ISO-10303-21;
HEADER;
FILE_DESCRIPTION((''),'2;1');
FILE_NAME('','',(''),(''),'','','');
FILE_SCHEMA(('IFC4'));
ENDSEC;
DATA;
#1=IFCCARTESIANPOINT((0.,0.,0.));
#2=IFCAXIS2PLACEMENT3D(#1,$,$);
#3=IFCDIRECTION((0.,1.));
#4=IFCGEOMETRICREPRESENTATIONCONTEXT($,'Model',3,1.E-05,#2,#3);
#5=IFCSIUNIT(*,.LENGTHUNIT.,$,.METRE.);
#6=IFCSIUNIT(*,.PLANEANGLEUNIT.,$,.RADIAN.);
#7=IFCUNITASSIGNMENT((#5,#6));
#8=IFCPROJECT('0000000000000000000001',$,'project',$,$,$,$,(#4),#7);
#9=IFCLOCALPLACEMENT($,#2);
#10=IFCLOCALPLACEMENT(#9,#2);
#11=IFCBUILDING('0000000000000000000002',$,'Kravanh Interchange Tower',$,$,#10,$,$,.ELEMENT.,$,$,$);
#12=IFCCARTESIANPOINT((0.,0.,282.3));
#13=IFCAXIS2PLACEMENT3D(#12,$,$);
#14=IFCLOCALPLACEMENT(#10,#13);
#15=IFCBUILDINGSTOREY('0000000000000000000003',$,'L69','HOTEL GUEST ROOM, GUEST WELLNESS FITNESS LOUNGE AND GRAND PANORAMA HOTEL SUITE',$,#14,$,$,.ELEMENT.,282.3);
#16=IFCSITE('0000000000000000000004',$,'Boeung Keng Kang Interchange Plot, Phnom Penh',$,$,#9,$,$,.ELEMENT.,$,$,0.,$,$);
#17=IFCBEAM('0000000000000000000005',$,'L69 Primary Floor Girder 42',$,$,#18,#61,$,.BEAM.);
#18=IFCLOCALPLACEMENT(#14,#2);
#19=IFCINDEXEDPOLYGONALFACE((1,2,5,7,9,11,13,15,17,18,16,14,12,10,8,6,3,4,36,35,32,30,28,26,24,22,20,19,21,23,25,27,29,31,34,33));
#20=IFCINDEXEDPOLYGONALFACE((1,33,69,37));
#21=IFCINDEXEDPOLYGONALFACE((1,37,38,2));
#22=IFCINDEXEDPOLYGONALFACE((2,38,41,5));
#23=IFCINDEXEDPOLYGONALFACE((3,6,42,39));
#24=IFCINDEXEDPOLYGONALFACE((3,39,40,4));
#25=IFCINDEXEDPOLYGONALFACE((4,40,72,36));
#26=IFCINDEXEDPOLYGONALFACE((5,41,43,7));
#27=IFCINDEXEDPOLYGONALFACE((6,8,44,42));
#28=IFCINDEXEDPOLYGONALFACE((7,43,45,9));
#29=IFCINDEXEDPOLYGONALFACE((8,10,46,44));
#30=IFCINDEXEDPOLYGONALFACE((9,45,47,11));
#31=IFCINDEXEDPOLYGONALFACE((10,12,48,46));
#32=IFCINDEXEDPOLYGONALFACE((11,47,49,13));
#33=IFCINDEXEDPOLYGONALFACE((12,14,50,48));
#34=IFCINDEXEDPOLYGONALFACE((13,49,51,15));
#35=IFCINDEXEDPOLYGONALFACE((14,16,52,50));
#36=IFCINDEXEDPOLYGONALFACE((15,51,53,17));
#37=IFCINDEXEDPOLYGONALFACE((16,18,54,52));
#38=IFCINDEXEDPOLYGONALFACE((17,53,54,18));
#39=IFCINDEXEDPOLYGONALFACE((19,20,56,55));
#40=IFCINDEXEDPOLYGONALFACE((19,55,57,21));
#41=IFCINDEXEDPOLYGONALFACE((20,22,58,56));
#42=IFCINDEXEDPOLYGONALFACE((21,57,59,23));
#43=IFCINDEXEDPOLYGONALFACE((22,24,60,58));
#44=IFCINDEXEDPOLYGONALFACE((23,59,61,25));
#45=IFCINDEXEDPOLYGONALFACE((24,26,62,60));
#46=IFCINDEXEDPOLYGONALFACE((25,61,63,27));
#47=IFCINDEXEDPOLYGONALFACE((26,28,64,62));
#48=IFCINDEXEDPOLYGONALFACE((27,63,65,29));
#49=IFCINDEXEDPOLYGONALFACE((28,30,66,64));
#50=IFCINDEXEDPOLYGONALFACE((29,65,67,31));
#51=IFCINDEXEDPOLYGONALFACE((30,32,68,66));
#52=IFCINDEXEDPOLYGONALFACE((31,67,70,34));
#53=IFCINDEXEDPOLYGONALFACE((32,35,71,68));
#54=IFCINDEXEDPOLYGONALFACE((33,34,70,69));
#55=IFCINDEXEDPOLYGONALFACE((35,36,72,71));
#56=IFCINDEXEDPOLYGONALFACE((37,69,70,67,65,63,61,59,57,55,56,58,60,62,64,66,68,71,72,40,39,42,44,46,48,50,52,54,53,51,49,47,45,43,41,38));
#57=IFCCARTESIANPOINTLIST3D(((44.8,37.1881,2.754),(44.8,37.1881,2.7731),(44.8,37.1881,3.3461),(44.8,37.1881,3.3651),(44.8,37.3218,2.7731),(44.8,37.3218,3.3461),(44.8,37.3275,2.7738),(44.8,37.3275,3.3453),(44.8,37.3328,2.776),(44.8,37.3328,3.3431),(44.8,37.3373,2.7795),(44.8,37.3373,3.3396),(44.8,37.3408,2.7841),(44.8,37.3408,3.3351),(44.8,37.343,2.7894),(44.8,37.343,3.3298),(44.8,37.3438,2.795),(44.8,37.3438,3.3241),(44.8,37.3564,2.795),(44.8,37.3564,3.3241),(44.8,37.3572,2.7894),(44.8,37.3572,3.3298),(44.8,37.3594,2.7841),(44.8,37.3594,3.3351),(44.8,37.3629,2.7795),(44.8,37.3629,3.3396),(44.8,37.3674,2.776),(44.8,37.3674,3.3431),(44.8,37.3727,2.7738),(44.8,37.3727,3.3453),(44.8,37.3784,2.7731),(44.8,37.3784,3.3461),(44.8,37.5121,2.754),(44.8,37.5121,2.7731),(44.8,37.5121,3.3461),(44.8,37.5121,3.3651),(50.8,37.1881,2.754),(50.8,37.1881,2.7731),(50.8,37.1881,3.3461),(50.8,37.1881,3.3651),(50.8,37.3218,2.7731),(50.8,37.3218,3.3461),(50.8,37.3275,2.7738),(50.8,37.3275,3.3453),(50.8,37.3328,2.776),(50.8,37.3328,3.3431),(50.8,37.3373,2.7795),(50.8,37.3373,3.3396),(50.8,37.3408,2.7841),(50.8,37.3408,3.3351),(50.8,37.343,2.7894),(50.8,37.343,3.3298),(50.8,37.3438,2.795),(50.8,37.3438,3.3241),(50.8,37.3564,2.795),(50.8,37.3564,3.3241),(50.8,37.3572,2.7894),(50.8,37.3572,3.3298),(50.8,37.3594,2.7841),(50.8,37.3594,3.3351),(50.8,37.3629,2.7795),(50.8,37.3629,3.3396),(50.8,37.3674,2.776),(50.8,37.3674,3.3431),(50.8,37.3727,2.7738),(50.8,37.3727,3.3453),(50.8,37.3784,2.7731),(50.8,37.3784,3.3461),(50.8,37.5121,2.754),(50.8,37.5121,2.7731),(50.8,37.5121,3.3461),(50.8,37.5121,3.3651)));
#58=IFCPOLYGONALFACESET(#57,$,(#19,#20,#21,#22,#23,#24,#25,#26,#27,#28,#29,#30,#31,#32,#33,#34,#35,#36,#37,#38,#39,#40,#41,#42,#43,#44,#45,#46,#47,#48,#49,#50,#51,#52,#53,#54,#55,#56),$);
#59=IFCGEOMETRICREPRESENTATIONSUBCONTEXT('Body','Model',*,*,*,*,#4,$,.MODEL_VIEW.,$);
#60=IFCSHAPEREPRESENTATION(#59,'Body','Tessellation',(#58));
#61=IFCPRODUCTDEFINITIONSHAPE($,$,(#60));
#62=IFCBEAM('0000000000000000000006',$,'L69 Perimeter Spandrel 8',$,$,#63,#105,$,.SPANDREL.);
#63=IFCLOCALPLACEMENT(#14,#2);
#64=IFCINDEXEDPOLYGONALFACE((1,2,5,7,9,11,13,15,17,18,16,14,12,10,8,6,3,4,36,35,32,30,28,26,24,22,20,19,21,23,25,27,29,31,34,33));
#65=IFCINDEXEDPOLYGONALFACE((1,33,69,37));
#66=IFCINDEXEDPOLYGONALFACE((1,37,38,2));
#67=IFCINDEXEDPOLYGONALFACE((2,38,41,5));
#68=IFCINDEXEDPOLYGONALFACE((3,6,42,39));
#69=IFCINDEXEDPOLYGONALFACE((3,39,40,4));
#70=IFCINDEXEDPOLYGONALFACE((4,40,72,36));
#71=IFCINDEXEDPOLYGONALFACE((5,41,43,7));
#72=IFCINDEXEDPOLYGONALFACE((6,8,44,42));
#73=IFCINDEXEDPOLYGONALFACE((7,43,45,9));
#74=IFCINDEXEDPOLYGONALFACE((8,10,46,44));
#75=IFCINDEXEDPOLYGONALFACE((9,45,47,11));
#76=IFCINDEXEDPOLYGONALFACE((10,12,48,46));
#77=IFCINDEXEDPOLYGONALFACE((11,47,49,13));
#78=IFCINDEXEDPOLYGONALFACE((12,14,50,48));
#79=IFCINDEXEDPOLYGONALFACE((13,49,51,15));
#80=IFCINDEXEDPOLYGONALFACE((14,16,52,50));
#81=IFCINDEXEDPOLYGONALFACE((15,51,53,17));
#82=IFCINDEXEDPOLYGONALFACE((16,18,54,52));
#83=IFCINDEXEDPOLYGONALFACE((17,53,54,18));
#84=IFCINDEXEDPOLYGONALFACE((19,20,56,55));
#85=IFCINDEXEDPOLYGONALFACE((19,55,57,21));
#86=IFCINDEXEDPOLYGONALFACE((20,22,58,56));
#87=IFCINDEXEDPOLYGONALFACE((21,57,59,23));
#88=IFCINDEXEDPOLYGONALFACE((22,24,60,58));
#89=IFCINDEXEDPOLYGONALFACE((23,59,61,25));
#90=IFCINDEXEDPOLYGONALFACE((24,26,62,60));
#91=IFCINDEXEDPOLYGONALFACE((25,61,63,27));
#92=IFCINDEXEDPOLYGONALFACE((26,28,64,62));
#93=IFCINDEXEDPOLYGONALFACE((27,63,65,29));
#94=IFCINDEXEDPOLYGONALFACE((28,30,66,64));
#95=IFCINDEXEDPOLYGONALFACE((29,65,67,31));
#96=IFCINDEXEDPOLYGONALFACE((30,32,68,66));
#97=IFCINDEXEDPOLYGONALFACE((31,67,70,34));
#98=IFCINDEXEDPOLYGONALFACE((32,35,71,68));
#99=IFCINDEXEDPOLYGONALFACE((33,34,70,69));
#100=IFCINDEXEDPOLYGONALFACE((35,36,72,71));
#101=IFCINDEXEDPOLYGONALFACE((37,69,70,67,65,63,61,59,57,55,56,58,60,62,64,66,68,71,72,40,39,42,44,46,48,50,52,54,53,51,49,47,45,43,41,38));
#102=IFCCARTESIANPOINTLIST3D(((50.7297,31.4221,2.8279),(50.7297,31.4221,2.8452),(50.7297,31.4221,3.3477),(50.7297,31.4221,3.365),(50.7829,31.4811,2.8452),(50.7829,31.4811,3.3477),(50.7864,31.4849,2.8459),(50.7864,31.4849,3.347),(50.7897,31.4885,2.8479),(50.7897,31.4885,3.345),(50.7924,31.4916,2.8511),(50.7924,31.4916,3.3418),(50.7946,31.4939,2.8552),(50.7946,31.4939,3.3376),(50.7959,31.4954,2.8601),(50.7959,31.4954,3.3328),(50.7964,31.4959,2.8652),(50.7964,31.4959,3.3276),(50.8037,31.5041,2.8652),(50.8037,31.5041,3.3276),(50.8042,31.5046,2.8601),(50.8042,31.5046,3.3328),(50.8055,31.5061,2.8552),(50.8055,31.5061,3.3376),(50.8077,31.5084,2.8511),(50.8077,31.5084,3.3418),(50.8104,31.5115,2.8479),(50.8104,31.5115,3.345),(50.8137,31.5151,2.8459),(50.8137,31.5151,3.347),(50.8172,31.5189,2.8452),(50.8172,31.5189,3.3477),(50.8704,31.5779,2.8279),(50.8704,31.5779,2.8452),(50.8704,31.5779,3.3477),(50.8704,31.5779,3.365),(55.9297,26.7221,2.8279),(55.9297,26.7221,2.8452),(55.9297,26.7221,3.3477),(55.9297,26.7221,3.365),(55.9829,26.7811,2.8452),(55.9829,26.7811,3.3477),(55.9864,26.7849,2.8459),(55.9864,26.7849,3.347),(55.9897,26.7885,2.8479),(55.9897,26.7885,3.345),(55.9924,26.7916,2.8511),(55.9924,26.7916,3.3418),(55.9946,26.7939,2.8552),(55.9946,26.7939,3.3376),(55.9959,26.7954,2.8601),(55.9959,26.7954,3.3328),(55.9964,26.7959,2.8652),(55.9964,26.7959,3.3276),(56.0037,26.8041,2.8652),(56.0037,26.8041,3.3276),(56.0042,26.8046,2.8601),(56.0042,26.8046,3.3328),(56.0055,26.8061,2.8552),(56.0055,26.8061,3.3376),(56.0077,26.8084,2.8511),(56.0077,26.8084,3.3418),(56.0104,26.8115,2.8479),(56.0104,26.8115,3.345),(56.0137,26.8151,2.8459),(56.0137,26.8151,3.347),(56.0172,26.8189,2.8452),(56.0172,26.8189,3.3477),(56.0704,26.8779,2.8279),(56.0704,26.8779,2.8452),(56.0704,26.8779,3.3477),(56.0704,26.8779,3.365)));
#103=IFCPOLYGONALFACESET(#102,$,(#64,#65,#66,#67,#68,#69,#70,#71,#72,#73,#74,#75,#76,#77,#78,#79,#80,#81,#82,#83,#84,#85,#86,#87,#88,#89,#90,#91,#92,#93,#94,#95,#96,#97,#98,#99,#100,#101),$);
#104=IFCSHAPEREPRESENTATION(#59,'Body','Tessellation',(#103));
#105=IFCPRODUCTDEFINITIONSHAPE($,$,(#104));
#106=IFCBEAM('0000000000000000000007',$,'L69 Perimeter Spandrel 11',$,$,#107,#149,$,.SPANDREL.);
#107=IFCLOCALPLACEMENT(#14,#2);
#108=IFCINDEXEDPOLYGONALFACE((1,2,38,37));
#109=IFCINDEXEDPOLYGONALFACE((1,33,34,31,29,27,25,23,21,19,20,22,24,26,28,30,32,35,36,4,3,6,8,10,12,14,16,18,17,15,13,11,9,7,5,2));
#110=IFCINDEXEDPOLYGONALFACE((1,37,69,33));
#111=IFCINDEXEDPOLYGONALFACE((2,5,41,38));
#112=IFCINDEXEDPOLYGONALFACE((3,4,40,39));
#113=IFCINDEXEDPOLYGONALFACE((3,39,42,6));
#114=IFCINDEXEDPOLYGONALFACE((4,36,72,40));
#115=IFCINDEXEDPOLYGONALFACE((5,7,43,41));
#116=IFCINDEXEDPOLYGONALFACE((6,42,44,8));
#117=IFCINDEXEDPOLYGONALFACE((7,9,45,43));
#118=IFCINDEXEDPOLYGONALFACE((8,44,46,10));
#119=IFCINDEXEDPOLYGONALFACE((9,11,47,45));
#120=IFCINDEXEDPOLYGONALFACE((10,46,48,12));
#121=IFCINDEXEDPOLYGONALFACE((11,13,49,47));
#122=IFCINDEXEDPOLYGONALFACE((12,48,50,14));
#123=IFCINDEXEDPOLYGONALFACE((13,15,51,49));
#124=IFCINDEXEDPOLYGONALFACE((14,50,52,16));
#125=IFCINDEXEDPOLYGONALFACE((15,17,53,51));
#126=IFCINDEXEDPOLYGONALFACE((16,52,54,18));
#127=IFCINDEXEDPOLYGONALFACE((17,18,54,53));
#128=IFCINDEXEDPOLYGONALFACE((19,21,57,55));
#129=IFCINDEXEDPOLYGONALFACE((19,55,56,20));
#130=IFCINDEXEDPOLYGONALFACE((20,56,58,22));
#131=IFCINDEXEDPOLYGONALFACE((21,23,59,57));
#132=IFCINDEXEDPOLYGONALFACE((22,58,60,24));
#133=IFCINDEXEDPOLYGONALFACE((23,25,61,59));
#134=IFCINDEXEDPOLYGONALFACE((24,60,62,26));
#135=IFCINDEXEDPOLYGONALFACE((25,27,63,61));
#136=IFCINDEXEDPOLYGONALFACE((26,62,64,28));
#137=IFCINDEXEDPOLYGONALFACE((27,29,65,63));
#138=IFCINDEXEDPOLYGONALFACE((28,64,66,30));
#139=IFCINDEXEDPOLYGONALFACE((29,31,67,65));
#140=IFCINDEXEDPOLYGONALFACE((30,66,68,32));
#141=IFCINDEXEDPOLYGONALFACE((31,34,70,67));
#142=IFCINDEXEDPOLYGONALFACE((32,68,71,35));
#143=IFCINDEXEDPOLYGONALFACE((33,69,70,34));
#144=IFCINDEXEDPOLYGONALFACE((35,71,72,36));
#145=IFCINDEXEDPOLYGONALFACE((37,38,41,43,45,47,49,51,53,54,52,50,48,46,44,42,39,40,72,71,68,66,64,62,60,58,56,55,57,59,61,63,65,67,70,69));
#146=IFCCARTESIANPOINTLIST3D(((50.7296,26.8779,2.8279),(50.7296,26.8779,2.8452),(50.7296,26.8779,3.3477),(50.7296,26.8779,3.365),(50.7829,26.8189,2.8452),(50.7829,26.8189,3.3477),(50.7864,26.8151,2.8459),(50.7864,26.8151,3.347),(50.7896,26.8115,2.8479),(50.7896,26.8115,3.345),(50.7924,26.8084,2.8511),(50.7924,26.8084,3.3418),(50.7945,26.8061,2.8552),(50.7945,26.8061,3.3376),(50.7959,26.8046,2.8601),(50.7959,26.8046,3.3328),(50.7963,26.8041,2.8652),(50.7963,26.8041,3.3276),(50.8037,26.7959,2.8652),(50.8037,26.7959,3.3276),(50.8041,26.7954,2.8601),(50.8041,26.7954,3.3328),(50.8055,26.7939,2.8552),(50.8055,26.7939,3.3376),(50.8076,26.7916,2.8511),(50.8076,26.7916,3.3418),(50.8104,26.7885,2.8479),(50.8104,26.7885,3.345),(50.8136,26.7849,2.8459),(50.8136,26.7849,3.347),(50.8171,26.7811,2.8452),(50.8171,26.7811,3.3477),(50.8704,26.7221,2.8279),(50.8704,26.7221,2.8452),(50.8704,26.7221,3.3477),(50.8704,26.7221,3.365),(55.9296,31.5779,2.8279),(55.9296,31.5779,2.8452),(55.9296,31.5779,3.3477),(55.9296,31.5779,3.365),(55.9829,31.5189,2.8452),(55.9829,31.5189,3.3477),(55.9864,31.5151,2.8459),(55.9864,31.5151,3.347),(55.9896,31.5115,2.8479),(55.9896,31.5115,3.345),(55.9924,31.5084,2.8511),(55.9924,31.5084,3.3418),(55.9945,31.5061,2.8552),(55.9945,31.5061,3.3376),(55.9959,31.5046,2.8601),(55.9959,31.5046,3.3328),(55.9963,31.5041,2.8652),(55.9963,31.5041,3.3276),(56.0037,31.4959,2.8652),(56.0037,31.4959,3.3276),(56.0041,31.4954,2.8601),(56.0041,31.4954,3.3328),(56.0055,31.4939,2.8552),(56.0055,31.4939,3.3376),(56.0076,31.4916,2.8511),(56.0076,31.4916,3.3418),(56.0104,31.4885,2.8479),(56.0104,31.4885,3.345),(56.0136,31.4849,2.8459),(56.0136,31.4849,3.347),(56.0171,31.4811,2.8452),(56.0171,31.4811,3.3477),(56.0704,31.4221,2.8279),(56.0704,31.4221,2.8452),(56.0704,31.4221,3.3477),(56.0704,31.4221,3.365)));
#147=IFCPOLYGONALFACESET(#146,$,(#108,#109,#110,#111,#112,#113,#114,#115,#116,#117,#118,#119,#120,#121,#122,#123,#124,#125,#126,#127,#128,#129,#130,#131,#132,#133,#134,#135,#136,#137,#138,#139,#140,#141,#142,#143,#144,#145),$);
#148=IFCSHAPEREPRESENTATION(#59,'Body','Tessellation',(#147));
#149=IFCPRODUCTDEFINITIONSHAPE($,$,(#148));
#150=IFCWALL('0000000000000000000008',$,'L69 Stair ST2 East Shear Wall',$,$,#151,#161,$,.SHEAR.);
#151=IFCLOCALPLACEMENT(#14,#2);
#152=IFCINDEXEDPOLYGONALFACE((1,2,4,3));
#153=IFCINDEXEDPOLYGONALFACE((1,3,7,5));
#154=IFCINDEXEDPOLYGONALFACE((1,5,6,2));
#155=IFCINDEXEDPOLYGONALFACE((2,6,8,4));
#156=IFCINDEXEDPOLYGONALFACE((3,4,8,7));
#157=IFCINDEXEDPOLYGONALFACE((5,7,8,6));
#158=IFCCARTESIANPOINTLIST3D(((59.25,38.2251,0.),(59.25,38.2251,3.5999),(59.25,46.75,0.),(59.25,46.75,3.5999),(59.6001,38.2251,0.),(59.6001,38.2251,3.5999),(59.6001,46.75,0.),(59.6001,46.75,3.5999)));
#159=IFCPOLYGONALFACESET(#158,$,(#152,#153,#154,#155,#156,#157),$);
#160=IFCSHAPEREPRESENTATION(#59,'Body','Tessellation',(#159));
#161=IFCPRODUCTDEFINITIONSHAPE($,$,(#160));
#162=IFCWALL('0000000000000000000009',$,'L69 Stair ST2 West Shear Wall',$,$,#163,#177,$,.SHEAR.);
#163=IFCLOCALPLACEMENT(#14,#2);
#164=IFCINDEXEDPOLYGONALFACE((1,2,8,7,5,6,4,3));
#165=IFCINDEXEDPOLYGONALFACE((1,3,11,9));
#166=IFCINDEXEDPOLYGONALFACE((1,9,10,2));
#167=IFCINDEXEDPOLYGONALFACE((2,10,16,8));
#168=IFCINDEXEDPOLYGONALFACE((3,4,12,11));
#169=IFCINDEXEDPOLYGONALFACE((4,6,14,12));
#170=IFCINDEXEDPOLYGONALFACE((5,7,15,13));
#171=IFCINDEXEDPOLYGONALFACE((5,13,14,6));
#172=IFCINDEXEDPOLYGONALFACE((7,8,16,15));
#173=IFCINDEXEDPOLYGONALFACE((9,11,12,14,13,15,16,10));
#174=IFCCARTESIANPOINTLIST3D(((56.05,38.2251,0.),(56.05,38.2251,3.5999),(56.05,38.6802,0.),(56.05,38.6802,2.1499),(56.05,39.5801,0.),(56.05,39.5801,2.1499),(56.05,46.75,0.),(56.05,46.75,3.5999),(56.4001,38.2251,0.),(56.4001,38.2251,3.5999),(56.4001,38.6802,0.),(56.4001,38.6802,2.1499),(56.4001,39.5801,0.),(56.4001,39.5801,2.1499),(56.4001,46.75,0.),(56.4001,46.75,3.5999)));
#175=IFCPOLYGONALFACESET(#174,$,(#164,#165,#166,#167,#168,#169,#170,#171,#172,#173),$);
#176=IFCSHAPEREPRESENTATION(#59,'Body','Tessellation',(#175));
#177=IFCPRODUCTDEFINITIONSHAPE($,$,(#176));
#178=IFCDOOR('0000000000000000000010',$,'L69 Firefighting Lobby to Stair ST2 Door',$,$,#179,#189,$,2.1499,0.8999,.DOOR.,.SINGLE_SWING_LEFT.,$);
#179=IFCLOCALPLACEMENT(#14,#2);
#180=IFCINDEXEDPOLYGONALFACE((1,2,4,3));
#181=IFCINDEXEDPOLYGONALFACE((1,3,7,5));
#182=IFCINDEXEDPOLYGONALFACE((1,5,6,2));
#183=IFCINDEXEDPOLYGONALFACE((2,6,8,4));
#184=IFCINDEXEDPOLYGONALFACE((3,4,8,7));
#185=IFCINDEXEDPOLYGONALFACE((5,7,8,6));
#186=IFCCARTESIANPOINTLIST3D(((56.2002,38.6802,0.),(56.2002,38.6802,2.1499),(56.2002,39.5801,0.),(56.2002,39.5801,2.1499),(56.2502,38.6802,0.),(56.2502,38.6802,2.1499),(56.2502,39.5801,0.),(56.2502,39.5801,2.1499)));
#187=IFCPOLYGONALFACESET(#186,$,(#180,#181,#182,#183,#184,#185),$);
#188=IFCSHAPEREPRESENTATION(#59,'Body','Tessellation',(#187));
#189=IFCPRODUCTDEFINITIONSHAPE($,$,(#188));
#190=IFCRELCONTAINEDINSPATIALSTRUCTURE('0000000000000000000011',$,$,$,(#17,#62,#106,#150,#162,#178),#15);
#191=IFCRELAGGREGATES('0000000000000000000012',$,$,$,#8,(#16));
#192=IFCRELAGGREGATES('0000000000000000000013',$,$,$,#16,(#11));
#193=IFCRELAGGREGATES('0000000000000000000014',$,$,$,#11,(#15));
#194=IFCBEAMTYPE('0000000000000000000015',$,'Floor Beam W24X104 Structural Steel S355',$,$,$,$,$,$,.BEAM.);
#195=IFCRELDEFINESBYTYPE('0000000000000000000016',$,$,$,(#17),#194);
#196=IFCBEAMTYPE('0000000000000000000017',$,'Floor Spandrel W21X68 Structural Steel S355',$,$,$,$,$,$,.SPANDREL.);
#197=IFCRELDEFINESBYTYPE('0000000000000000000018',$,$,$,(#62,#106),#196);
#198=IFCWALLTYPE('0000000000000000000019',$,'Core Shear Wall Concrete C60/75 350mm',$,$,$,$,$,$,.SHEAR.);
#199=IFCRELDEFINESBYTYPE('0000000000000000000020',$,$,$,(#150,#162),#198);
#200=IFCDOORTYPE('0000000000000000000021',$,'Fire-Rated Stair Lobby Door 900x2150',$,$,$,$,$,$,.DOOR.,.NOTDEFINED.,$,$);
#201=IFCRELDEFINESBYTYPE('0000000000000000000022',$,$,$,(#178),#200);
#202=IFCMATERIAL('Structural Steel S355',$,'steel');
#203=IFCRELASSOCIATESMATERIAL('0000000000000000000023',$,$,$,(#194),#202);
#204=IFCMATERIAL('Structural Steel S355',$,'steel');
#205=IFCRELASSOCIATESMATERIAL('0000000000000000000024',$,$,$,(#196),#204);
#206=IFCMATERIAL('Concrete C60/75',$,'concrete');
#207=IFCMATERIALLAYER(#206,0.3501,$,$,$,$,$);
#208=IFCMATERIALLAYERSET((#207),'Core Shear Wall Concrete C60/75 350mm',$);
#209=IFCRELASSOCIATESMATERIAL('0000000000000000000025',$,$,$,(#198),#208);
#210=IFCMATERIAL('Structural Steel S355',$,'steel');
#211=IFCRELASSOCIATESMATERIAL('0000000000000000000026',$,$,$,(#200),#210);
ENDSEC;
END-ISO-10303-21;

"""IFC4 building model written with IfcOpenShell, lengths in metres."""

from ifc_helpers import new_model, si_unit, direction, frame, frame_2d, origin, origin_2d, place, context, subcontext, project, spatial, rectangle, i_section, extrude, material, layer, layer_set, material_profile, profile_set, type_object, element, fill, save


model = new_model("IFC4")

# Units and contexts
model_context = context("Model", 3, precision=1e-05, world=origin(), true_north=direction((0.0, 1.0)))
body_context = subcontext(model_context, "Body", "Model", "MODEL_VIEW")
ifc_project = project(units=[si_unit("LENGTHUNIT", "METRE"), si_unit("PLANEANGLEUNIT", "RADIAN")], contexts=[model_context])

# Site, building, storey
site_placement = place(None, origin())
site = spatial("IfcSite", under=ifc_project, at=site_placement, Name="Boeung Keng Kang Interchange Plot, Phnom Penh", CompositionType="ELEMENT", RefElevation=0.0)
building_placement = place(site_placement, origin())
building = spatial("IfcBuilding", under=site, at=building_placement, Name="Kravanh Interchange Tower", CompositionType="ELEMENT")
storey_placement = place(building_placement, frame((0.0, 0.0, 282.3)))
storey = spatial("IfcBuildingStorey", under=building, at=storey_placement, Name="L69", Description="HOTEL GUEST ROOM, GUEST WELLNESS FITNESS LOUNGE AND GRAND PANORAMA HOTEL SUITE", CompositionType="ELEMENT", Elevation=282.3)

# Beams
ifc_material_1 = material(Name="Structural Steel S355", Category="steel")
ifc_material_profile_1 = material_profile(ifc_material_1, i_section(OverallWidth=0.324, OverallDepth=0.6111, WebThickness=0.0127, FlangeThickness=0.019, FilletRadius=0.022, at=origin_2d()), Name="W24X104")
ifc_profile_set_1 = profile_set([ifc_material_profile_1], Name="Structural Steel S355")
beam_type_1 = type_object("IfcBeamType", Name="Floor Beam W24X104 Structural Steel S355", PredefinedType="BEAM", material=ifc_profile_set_1)
beam_1_placement = place(storey_placement, frame((50.8, 37.3501, 3.0596), z_axis=(-1.0, 0.0, 0.0), x_axis=(0.0, -1.0, 0.0)))
element("IfcBeam", 1, at=beam_1_placement, inside=storey, type_object=beam_type_1, Name="L69 Primary Floor Girder 42", PredefinedType="BEAM", context=body_context, shape_type="SweptSolid", body=[
    extrude(i_section(OverallWidth=0.324, OverallDepth=0.6111, WebThickness=0.0127, FlangeThickness=0.019, FilletRadius=0.022, at=origin_2d()), origin(), (0.0, 0.0, 1.0), 6.0),
])
ifc_material_2 = material(Name="Structural Steel S355", Category="steel")
ifc_material_profile_2 = material_profile(ifc_material_2, i_section(OverallWidth=0.21, OverallDepth=0.5371, WebThickness=0.011, FlangeThickness=0.0173, FilletRadius=0.02, at=origin_2d()), Name="W21X68")
ifc_profile_set_2 = profile_set([ifc_material_profile_2], Name="Structural Steel S355")
beam_type_2 = type_object("IfcBeamType", Name="Floor Spandrel W21X68 Structural Steel S355", PredefinedType="SPANDREL", material=ifc_profile_set_2)
for number, where, z_axis, x_axis, name in (
    (2, (50.8, 31.5, 3.0964), (0.741874, -0.670539, 0.0), (0.670539, 0.741874, 0.0), "L69 Perimeter Spandrel 8"),
    (3, (56.0, 31.5, 3.0964), (-0.741874, -0.670539, 0.0), (0.670539, -0.741874, 0.0), "L69 Perimeter Spandrel 11"),
):
    element("IfcBeam", number, at=place(storey_placement, frame(where, z_axis=z_axis, x_axis=x_axis)), inside=storey, type_object=beam_type_2, Name=name, PredefinedType="SPANDREL", context=body_context, shape_type="SweptSolid", body=[
        extrude(i_section(OverallWidth=0.21, OverallDepth=0.5371, WebThickness=0.011, FlangeThickness=0.0173, FilletRadius=0.02, at=origin_2d()), origin(), (0.0, 0.0, 1.0), 7.0093),
    ])

# Wall
ifc_material_3 = material(Name="Concrete C60/75", Category="concrete")
ifc_layer_1 = layer(ifc_material_3, 0.3501)
ifc_layer_set_1 = layer_set([ifc_layer_1], Name="Core Shear Wall Concrete C60/75 350mm")
wall_type_1 = type_object("IfcWallType", Name="Core Shear Wall Concrete C60/75 350mm", PredefinedType="SHEAR", material=ifc_layer_set_1)
wall_1_placement = place(storey_placement, frame((59.425, 38.2251, 0.0), z_axis=(0.0, 0.0, 1.0), x_axis=(0.0, 1.0, 0.0)))
element("IfcWall", 4, at=wall_1_placement, inside=storey, type_object=wall_type_1, Name="L69 Stair ST2 East Shear Wall", PredefinedType="SHEAR", context=body_context, shape_type="SweptSolid", body=[
    extrude(rectangle(XDim=8.5249, YDim=0.3501, at=frame_2d((4.2625, 0.0))), origin(), (0.0, 0.0, 1.0), 3.5999),
])

# Wall, opening, door
wall_2_placement = place(storey_placement, frame((56.2251, 38.2251, 0.0), z_axis=(0.0, 0.0, 1.0), x_axis=(0.0, 1.0, 0.0)))
wall_2 = element("IfcWall", 5, at=wall_2_placement, inside=storey, type_object=wall_type_1, Name="L69 Stair ST2 West Shear Wall", PredefinedType="SHEAR", context=body_context, shape_type="SweptSolid", body=[
    extrude(rectangle(XDim=8.5249, YDim=0.3501, at=frame_2d((4.2625, 0.0))), origin(), (0.0, 0.0, 1.0), 3.5999),
])
opening_1_placement = place(wall_2_placement, frame((0.4551, 0.0, 0.0)))
opening_1 = element("IfcOpeningElement", 6, at=opening_1_placement, cuts=wall_2, PredefinedType="OPENING", context=body_context, shape_type="SweptSolid", body=[
    extrude(rectangle(XDim=0.8999, YDim=2.1499, at=frame_2d((0.45, 1.075))), frame((0.0, 0.1851, 0.0), z_axis=(0.0, -1.0, 0.0), x_axis=(1.0, 0.0, 0.0)), (0.0, 0.0, 1.0), 0.3701),
])
ifc_material_4 = material(Name="Structural Steel S355", Category="steel")
door_type_1 = type_object("IfcDoorType", Name="Fire-Rated Stair Lobby Door 900x2150", OperationType="NOTDEFINED", PredefinedType="DOOR", material=ifc_material_4)
door_1_placement = place(opening_1_placement, origin())
door_1 = element("IfcDoor", 7, at=door_1_placement, inside=storey, type_object=door_type_1, Name="L69 Firefighting Lobby to Stair ST2 Door", OperationType="SINGLE_SWING_LEFT", OverallHeight=2.1499, OverallWidth=0.8999, PredefinedType="DOOR", context=body_context, shape_type="SweptSolid", body=[
    extrude(rectangle(XDim=0.8999, YDim=2.1499, at=frame_2d((0.45, 1.075))), frame((0.0, 0.0249, 0.0), z_axis=(0.0, -1.0, 0.0), x_axis=(1.0, 0.0, 0.0)), (0.0, 0.0, 1.0), 0.05),
])
fill(opening_1, door_1)

save(model, "model.ifc")
